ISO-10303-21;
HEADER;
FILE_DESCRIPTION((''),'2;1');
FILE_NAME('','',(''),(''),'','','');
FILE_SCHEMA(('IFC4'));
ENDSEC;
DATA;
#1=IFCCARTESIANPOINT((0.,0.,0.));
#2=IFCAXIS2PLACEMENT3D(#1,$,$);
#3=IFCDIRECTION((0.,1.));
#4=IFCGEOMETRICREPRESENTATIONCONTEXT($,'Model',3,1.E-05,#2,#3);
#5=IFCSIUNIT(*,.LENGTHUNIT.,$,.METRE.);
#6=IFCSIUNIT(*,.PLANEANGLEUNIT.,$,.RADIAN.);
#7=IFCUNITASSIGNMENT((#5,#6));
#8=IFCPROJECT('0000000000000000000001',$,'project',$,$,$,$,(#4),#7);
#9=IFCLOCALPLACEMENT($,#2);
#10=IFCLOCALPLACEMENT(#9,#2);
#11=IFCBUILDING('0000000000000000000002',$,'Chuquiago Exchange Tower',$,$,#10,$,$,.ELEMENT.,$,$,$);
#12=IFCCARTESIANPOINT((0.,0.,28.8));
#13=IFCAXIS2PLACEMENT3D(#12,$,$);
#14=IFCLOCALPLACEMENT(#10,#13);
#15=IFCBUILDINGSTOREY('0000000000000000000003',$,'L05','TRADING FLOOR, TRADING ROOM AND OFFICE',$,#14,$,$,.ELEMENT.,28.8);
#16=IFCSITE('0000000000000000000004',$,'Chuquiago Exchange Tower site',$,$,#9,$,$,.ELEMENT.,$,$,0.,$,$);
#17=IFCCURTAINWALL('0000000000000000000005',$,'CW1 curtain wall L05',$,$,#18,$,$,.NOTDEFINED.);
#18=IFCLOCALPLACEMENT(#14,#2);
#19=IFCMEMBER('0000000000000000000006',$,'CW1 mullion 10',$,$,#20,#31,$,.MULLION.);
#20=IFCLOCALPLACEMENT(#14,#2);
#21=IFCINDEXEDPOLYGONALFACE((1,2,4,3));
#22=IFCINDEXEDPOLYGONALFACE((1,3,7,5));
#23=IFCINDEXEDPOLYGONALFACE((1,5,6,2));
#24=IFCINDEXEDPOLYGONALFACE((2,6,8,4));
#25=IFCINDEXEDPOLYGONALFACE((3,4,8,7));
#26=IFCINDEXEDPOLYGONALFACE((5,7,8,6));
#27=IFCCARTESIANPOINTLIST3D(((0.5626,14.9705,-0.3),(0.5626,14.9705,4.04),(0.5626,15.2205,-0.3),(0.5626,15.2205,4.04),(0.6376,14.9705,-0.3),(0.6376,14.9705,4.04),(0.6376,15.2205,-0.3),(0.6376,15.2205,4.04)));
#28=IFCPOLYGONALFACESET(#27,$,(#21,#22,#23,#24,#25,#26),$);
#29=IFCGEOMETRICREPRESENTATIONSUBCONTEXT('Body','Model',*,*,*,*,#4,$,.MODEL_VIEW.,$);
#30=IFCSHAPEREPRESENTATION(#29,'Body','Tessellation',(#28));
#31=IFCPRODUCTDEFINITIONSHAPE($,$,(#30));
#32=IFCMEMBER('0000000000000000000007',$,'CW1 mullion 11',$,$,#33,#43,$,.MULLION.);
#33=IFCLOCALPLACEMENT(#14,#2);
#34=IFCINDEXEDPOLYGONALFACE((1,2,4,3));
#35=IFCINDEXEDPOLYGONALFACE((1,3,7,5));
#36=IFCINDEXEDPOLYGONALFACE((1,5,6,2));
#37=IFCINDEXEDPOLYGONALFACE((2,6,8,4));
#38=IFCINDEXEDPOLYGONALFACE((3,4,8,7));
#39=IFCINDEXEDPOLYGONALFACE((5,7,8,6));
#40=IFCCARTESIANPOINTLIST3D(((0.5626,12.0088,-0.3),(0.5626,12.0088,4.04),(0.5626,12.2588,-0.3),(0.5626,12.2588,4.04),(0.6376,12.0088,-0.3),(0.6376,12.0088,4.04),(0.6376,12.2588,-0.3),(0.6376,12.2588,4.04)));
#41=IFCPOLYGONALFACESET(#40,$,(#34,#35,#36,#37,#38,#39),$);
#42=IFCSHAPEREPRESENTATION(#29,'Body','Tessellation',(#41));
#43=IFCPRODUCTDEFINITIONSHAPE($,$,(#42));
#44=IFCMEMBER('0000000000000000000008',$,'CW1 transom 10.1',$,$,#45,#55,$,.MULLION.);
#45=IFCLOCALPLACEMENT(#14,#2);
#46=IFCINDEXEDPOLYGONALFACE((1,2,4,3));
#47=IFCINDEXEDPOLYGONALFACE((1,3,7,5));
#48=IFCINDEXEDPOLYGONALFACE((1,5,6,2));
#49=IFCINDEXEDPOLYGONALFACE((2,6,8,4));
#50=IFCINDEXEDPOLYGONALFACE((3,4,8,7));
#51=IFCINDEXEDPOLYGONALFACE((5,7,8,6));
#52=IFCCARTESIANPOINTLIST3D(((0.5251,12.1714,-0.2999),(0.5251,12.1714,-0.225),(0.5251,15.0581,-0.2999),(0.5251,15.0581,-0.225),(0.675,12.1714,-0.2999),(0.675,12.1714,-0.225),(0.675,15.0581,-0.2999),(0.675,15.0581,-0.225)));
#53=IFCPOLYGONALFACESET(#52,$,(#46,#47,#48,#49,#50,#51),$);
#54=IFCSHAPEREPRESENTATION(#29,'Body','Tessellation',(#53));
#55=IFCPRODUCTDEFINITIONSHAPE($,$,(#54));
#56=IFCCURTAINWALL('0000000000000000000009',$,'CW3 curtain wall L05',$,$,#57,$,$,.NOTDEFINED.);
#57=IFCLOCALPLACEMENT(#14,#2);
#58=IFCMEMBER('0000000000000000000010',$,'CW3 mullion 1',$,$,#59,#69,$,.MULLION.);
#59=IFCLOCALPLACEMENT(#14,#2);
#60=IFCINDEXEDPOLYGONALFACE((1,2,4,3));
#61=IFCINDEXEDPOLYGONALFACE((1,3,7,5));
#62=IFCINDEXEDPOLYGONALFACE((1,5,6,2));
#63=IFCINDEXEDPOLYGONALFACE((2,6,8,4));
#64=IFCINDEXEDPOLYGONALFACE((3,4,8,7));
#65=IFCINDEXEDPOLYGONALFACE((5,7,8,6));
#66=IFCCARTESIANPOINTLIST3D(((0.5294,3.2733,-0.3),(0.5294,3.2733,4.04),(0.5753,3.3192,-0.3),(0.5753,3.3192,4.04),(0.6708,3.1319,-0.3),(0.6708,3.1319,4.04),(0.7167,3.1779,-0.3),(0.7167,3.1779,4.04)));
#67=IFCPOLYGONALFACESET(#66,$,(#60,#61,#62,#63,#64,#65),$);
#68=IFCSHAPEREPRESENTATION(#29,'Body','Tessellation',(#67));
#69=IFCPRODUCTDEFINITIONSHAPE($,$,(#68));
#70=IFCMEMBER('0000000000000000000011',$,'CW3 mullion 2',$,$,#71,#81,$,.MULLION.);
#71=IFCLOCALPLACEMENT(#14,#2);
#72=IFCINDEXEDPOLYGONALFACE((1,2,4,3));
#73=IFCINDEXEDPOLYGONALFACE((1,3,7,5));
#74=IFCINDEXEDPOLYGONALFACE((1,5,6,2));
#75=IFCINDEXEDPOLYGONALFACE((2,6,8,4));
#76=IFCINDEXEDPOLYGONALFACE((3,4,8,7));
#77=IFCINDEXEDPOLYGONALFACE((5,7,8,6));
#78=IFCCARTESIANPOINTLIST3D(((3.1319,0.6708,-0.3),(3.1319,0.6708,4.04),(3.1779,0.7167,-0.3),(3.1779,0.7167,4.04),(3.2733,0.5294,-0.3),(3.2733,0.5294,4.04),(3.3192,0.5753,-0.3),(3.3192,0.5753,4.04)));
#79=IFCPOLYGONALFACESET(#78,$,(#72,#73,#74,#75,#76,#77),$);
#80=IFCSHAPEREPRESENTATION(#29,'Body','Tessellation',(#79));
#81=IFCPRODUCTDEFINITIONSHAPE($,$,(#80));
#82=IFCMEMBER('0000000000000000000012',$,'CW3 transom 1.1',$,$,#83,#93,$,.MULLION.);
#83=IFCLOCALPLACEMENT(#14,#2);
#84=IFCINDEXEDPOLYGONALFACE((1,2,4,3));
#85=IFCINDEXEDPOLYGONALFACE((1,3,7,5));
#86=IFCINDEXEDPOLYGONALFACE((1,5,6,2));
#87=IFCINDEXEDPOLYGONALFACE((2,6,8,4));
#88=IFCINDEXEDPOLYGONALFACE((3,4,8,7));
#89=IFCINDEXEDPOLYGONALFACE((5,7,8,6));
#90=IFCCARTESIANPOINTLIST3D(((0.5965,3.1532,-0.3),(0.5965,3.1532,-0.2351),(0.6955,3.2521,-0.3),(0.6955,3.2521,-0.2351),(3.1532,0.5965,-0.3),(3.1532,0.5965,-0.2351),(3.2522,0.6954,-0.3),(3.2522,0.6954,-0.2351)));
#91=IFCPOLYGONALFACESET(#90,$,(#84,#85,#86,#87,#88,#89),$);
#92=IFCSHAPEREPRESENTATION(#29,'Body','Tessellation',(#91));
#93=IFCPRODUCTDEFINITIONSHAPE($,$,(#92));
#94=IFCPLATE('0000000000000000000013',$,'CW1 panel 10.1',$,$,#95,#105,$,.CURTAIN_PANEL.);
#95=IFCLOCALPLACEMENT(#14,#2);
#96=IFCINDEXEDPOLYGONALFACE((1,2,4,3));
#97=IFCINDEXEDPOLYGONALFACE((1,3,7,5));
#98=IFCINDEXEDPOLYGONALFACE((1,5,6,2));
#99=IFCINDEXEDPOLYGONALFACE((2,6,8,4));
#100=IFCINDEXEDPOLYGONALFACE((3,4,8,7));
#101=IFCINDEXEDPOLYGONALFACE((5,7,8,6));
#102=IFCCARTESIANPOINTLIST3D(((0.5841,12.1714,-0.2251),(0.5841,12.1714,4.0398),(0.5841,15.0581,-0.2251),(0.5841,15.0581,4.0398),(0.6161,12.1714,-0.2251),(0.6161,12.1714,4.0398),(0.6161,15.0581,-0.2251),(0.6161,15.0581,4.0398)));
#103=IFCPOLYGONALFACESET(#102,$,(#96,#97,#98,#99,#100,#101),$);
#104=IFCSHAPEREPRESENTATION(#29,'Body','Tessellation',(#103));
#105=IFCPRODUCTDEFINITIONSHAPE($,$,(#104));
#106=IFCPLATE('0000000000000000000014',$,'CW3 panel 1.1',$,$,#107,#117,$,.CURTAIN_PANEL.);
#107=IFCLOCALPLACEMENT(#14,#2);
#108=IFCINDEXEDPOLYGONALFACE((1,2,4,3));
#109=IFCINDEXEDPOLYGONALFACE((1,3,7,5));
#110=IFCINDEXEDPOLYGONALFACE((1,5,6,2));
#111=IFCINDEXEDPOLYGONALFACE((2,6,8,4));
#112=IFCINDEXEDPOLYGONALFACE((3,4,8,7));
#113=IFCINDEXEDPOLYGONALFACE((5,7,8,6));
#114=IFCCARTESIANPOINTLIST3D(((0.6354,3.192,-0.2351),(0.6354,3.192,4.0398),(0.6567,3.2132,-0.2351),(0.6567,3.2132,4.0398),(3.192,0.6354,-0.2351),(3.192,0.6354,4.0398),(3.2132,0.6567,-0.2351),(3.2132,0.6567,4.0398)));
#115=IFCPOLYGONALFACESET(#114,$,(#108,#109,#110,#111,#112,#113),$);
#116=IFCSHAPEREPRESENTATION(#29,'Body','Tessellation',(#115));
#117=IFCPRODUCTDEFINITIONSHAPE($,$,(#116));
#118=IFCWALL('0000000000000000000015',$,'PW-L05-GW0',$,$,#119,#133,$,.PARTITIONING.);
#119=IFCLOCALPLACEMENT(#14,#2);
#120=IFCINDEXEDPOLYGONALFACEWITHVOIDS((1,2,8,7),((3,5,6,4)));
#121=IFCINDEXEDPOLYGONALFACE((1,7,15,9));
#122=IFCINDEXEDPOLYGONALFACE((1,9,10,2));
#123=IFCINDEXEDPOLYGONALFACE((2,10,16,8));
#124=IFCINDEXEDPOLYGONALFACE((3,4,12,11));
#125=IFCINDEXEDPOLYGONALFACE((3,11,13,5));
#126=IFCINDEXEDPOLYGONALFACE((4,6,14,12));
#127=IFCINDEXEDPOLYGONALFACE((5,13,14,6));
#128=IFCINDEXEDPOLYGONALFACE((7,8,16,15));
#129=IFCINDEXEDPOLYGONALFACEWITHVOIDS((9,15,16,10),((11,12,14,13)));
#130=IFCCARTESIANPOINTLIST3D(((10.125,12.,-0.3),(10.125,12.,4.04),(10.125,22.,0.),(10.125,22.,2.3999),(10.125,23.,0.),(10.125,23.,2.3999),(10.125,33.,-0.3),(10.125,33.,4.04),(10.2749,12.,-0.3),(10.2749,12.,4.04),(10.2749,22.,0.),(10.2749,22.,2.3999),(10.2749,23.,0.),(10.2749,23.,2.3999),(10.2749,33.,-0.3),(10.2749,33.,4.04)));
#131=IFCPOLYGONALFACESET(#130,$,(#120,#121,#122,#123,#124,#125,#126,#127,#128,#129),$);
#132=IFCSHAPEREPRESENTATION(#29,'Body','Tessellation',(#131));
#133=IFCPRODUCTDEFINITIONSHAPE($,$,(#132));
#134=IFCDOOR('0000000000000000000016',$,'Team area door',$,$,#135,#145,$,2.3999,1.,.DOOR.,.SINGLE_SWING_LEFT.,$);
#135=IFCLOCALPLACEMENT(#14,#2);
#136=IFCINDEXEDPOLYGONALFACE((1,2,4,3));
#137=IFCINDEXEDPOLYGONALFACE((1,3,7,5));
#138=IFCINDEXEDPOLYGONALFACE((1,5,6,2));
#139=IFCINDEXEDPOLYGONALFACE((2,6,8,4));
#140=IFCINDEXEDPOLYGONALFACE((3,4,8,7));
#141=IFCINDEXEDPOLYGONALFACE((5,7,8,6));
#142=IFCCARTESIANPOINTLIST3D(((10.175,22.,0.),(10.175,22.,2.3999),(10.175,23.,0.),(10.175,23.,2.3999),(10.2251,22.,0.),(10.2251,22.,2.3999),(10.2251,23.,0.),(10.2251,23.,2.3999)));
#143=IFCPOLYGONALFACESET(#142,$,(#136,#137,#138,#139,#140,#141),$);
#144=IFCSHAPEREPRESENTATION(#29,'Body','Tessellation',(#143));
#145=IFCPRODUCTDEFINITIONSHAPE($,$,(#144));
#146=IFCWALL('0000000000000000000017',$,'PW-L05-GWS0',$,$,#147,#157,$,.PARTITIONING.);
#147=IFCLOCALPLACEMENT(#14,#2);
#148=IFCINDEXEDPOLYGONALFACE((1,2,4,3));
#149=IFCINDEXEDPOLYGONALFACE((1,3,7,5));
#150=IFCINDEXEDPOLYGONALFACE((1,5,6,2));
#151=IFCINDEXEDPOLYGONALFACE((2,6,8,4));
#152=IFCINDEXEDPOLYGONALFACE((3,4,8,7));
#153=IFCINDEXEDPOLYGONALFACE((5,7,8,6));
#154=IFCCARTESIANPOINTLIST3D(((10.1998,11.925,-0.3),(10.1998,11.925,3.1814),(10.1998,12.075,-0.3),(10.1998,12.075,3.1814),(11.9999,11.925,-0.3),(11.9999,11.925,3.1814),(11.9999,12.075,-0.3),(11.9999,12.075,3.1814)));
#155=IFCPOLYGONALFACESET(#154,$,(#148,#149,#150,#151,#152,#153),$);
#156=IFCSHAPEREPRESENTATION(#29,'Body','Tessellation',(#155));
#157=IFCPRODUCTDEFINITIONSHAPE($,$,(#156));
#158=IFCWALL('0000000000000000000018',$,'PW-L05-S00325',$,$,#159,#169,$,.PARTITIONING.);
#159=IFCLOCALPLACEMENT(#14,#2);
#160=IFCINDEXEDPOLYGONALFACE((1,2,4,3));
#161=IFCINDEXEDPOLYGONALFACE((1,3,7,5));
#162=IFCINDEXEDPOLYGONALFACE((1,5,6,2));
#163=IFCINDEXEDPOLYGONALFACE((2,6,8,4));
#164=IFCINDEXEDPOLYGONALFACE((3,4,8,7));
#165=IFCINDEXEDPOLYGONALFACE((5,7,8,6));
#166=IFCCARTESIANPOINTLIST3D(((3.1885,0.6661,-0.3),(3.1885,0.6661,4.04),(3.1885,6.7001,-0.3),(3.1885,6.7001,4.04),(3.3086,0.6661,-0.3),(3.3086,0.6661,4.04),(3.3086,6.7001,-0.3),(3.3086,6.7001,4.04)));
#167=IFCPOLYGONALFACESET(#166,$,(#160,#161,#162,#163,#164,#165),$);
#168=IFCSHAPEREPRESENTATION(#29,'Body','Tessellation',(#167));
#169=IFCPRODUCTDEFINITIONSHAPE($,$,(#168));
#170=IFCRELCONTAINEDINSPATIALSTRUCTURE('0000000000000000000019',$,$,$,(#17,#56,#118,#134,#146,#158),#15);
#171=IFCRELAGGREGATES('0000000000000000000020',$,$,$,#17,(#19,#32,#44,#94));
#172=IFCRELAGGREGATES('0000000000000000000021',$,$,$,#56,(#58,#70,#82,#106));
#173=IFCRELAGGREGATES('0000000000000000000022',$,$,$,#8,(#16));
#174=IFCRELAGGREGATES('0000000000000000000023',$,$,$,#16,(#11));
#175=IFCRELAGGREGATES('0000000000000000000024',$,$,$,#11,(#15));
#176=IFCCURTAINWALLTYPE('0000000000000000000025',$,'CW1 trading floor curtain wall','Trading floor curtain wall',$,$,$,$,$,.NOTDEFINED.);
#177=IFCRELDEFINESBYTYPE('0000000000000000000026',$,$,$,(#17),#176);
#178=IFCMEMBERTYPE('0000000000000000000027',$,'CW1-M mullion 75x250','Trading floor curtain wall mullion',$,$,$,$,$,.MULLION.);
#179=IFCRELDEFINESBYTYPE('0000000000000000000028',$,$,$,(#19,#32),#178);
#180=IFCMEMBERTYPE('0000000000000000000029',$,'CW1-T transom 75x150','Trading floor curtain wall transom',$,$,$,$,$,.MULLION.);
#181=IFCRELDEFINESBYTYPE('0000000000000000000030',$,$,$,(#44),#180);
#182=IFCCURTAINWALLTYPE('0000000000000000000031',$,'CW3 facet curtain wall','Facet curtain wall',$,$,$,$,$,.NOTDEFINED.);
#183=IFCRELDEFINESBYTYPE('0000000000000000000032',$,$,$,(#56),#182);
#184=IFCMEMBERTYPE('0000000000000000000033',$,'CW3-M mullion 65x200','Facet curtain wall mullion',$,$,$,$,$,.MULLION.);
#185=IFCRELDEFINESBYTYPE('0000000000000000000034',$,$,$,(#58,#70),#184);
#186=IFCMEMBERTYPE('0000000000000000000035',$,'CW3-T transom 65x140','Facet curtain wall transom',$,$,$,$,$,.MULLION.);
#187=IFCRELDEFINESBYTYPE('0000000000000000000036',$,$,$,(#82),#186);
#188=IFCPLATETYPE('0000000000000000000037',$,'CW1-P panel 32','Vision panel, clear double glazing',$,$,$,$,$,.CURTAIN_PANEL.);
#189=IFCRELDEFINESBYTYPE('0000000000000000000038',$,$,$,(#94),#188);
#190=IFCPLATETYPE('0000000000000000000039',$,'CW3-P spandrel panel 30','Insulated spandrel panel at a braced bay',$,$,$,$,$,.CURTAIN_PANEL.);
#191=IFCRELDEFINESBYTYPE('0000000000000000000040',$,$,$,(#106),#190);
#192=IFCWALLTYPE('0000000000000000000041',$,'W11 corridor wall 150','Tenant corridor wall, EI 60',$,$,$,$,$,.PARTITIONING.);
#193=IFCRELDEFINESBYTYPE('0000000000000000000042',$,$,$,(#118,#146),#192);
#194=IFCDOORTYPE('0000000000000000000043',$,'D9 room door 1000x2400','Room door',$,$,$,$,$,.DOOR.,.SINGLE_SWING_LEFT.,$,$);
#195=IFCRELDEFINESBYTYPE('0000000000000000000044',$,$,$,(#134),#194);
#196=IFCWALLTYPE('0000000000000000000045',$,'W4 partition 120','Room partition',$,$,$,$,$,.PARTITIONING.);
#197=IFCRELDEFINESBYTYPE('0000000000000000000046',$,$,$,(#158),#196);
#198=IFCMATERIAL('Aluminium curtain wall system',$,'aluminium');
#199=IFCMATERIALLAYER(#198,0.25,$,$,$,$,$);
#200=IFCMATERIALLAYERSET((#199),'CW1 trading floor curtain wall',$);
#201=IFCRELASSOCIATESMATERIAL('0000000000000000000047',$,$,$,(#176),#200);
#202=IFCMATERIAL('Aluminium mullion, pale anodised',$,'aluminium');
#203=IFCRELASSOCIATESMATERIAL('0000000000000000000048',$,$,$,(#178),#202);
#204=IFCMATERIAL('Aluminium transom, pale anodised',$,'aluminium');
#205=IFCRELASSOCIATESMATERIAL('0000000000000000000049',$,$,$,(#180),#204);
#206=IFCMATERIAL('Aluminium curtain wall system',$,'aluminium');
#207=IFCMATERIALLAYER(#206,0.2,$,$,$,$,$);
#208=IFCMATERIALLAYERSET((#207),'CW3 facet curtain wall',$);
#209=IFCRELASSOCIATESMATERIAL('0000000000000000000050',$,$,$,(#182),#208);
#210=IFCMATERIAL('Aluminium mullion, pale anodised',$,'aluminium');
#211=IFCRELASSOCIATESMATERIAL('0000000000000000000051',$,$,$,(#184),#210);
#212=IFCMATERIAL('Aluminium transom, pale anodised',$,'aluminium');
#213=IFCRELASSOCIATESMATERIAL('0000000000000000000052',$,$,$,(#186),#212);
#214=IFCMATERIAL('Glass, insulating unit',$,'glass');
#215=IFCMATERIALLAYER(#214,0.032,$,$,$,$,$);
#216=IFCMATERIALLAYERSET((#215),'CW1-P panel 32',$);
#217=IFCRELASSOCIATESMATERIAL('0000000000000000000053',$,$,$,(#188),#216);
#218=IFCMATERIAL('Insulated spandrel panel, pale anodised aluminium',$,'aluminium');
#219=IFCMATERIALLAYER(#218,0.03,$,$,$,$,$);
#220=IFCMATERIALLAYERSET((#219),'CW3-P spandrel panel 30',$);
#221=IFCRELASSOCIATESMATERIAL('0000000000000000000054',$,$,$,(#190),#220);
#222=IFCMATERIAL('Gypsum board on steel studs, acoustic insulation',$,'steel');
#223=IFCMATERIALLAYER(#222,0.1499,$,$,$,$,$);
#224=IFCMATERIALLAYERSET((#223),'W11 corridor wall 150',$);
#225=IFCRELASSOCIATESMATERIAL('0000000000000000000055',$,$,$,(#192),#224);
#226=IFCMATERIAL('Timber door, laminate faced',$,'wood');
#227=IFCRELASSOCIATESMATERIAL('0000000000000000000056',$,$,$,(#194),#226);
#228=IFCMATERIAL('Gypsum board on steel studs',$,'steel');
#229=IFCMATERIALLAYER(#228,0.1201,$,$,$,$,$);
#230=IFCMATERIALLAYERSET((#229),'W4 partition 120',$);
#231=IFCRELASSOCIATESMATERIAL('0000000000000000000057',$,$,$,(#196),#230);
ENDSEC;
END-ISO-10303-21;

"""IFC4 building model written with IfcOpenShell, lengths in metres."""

from ifc_helpers import new_model, si_unit, direction, frame, frame_2d, origin, origin_2d, place, context, subcontext, project, spatial, rectangle, extrude, material, layer, layer_set, material_profile, profile_set, type_object, element, fill, aggregate, save


model = new_model("IFC4")

# Units and contexts
model_context = context("Model", 3, precision=1e-05, world=origin(), true_north=direction((0.0, 1.0)))
body_context = subcontext(model_context, "Body", "Model", "MODEL_VIEW")
ifc_project = project(units=[si_unit("LENGTHUNIT", "METRE"), si_unit("PLANEANGLEUNIT", "RADIAN")], contexts=[model_context])

# Site, building, storey
site_placement = place(None, origin())
site = spatial("IfcSite", under=ifc_project, at=site_placement, Name="Chuquiago Exchange Tower site", CompositionType="ELEMENT", RefElevation=0.0)
building_placement = place(site_placement, origin())
building = spatial("IfcBuilding", under=site, at=building_placement, Name="Chuquiago Exchange Tower", CompositionType="ELEMENT")
storey_placement = place(building_placement, frame((0.0, 0.0, 28.8)))
storey = spatial("IfcBuildingStorey", under=building, at=storey_placement, Name="L05", Description="TRADING FLOOR, TRADING ROOM AND OFFICE", CompositionType="ELEMENT", Elevation=28.8)

# Curtain walls, members
ifc_material_1 = material(Name="Aluminium curtain wall system", Category="aluminium")
ifc_layer_1 = layer(ifc_material_1, 0.25)
ifc_layer_set_1 = layer_set([ifc_layer_1], Name="CW1 trading floor curtain wall")
curtain_wall_type_1 = type_object("IfcCurtainWallType", Name="CW1 trading floor curtain wall", Description="Trading floor curtain wall", PredefinedType="NOTDEFINED", material=ifc_layer_set_1)
curtain_wall_1_placement = place(storey_placement, origin())
curtain_wall_1 = element("IfcCurtainWall", 1, at=curtain_wall_1_placement, inside=storey, type_object=curtain_wall_type_1, Name="CW1 curtain wall L05", PredefinedType="NOTDEFINED")
ifc_material_2 = material(Name="Aluminium mullion, pale anodised", Category="aluminium")
ifc_material_profile_1 = material_profile(ifc_material_2, rectangle(XDim=0.075, YDim=0.25, at=origin_2d()), Name="AL 75x250")
ifc_profile_set_1 = profile_set([ifc_material_profile_1], Name="Aluminium mullion, pale anodised")
member_type_1 = type_object("IfcMemberType", Name="CW1-M mullion 75x250", Description="Trading floor curtain wall mullion", PredefinedType="MULLION", material=ifc_profile_set_1)
member_1_placement = place(storey_placement, frame((0.6001, 15.0955, -0.3), z_axis=(0.0, 0.0, 1.0), x_axis=(1.0, 0.0, 0.0)))
member_1 = element("IfcMember", 2, at=member_1_placement, type_object=member_type_1, Name="CW1 mullion 10", PredefinedType="MULLION", context=body_context, shape_type="SweptSolid", body=[
    extrude(rectangle(XDim=0.075, YDim=0.25, at=origin_2d()), origin(), (0.0, 0.0, 1.0), 4.3401),
])
member_2_placement = place(storey_placement, frame((0.6001, 12.1338, -0.3), z_axis=(0.0, 0.0, 1.0), x_axis=(1.0, 0.0, 0.0)))
member_2 = element("IfcMember", 3, at=member_2_placement, type_object=member_type_1, Name="CW1 mullion 11", PredefinedType="MULLION", context=body_context, shape_type="SweptSolid", body=[
    extrude(rectangle(XDim=0.075, YDim=0.25, at=origin_2d()), origin(), (0.0, 0.0, 1.0), 4.3401),
])
ifc_material_3 = material(Name="Aluminium transom, pale anodised", Category="aluminium")
ifc_material_profile_2 = material_profile(ifc_material_3, rectangle(XDim=0.1499, YDim=0.075, at=origin_2d()), Name="AL 150x75")
ifc_profile_set_2 = profile_set([ifc_material_profile_2], Name="Aluminium transom, pale anodised")
member_type_2 = type_object("IfcMemberType", Name="CW1-T transom 75x150", Description="Trading floor curtain wall transom", PredefinedType="MULLION", material=ifc_profile_set_2)
member_3_placement = place(storey_placement, frame((0.6001, 15.0581, -0.2625), z_axis=(0.0, -1.0, 0.0), x_axis=(1.0, 0.0, 0.0)))
member_3 = element("IfcMember", 4, at=member_3_placement, type_object=member_type_2, Name="CW1 transom 10.1", PredefinedType="MULLION", context=body_context, shape_type="SweptSolid", body=[
    extrude(rectangle(XDim=0.1499, YDim=0.075, at=origin_2d()), origin(), (0.0, 0.0, 1.0), 2.8867),
])
ifc_material_4 = material(Name="Aluminium curtain wall system", Category="aluminium")
ifc_layer_2 = layer(ifc_material_4, 0.2)
ifc_layer_set_2 = layer_set([ifc_layer_2], Name="CW3 facet curtain wall")
curtain_wall_type_2 = type_object("IfcCurtainWallType", Name="CW3 facet curtain wall", Description="Facet curtain wall", PredefinedType="NOTDEFINED", material=ifc_layer_set_2)
curtain_wall_2_placement = place(storey_placement, origin())
curtain_wall_2 = element("IfcCurtainWall", 5, at=curtain_wall_2_placement, inside=storey, type_object=curtain_wall_type_2, Name="CW3 curtain wall L05", PredefinedType="NOTDEFINED")
ifc_material_5 = material(Name="Aluminium mullion, pale anodised", Category="aluminium")
ifc_material_profile_3 = material_profile(ifc_material_5, rectangle(XDim=0.0649, YDim=0.2, at=origin_2d()), Name="AL 65x200")
ifc_profile_set_3 = profile_set([ifc_material_profile_3], Name="Aluminium mullion, pale anodised")
member_type_3 = type_object("IfcMemberType", Name="CW3-M mullion 65x200", Description="Facet curtain wall mullion", PredefinedType="MULLION", material=ifc_profile_set_3)
member_4_placement = place(storey_placement, frame((0.623, 3.2256, -0.3), z_axis=(0.0, 0.0, 1.0), x_axis=(0.707107, 0.707107, 0.0)))
member_4 = element("IfcMember", 6, at=member_4_placement, type_object=member_type_3, Name="CW3 mullion 1", PredefinedType="MULLION", context=body_context, shape_type="SweptSolid", body=[
    extrude(rectangle(XDim=0.0649, YDim=0.2, at=origin_2d()), origin(), (0.0, 0.0, 1.0), 4.3401),
])
member_5_placement = place(storey_placement, frame((3.2256, 0.623, -0.3), z_axis=(0.0, 0.0, 1.0), x_axis=(0.707107, 0.707107, 0.0)))
member_5 = element("IfcMember", 7, at=member_5_placement, type_object=member_type_3, Name="CW3 mullion 2", PredefinedType="MULLION", context=body_context, shape_type="SweptSolid", body=[
    extrude(rectangle(XDim=0.0649, YDim=0.2, at=origin_2d()), origin(), (0.0, 0.0, 1.0), 4.3401),
])
ifc_material_6 = material(Name="Aluminium transom, pale anodised", Category="aluminium")
ifc_material_profile_4 = material_profile(ifc_material_6, rectangle(XDim=0.1399, YDim=0.0649, at=origin_2d()), Name="AL 140x65")
ifc_profile_set_4 = profile_set([ifc_material_profile_4], Name="Aluminium transom, pale anodised")
member_type_4 = type_object("IfcMemberType", Name="CW3-T transom 65x140", Description="Facet curtain wall transom", PredefinedType="MULLION", material=ifc_profile_set_4)
member_6_placement = place(storey_placement, frame((0.646, 3.2026, -0.2676), z_axis=(0.707107, -0.707107, 0.0), x_axis=(0.707107, 0.707107, 0.0)))
member_6 = element("IfcMember", 8, at=member_6_placement, type_object=member_type_4, Name="CW3 transom 1.1", PredefinedType="MULLION", context=body_context, shape_type="SweptSolid", body=[
    extrude(rectangle(XDim=0.1399, YDim=0.0649, at=origin_2d()), origin(), (0.0, 0.0, 1.0), 3.6157),
])

# Plates
ifc_material_7 = material(Name="Glass, insulating unit", Category="glass")
ifc_layer_3 = layer(ifc_material_7, 0.032)
ifc_layer_set_3 = layer_set([ifc_layer_3], Name="CW1-P panel 32")
plate_type_1 = type_object("IfcPlateType", Name="CW1-P panel 32", Description="Vision panel, clear double glazing", PredefinedType="CURTAIN_PANEL", material=ifc_layer_set_3)
plate_1_placement = place(storey_placement, frame((0.6001, 13.6147, -0.2251), z_axis=(0.0, 0.0, 1.0), x_axis=(0.0, -1.0, 0.0)))
plate_1 = element("IfcPlate", 9, at=plate_1_placement, type_object=plate_type_1, Name="CW1 panel 10.1", PredefinedType="CURTAIN_PANEL", context=body_context, shape_type="SweptSolid", body=[
    extrude(rectangle(XDim=2.8867, YDim=0.032, at=origin_2d()), origin(), (0.0, 0.0, 1.0), 4.2649),
])
aggregate(curtain_wall_1, [member_1, member_2, member_3, plate_1])
ifc_material_8 = material(Name="Insulated spandrel panel, pale anodised aluminium", Category="aluminium")
ifc_layer_4 = layer(ifc_material_8, 0.03)
ifc_layer_set_4 = layer_set([ifc_layer_4], Name="CW3-P spandrel panel 30")
plate_type_2 = type_object("IfcPlateType", Name="CW3-P spandrel panel 30", Description="Insulated spandrel panel at a braced bay", PredefinedType="CURTAIN_PANEL", material=ifc_layer_set_4)
plate_2_placement = place(storey_placement, frame((1.9243, 1.9243, -0.2351), z_axis=(0.0, 0.0, 1.0), x_axis=(0.707107, -0.707107, 0.0)))
plate_2 = element("IfcPlate", 10, at=plate_2_placement, type_object=plate_type_2, Name="CW3 panel 1.1", PredefinedType="CURTAIN_PANEL", context=body_context, shape_type="SweptSolid", body=[
    extrude(rectangle(XDim=3.6155, YDim=0.03, at=origin_2d()), origin(), (0.0, 0.0, 1.0), 4.2749),
])
aggregate(curtain_wall_2, [member_4, member_5, member_6, plate_2])

# Wall, opening, door
ifc_material_9 = material(Name="Gypsum board on steel studs, acoustic insulation", Category="steel")
ifc_layer_5 = layer(ifc_material_9, 0.1499)
ifc_layer_set_5 = layer_set([ifc_layer_5], Name="W11 corridor wall 150")
wall_type_1 = type_object("IfcWallType", Name="W11 corridor wall 150", Description="Tenant corridor wall, EI 60", PredefinedType="PARTITIONING", material=ifc_layer_set_5)
wall_1_placement = place(storey_placement, frame((10.2, 12.0, -0.3), z_axis=(0.0, 0.0, 1.0), x_axis=(0.0, 1.0, 0.0)))
wall_1 = element("IfcWall", 11, at=wall_1_placement, inside=storey, type_object=wall_type_1, Name="PW-L05-GW0", PredefinedType="PARTITIONING", context=body_context, shape_type="SweptSolid", body=[
    extrude(rectangle(XDim=21.0, YDim=0.1499, at=frame_2d((10.5, 0.0))), origin(), (0.0, 0.0, 1.0), 4.3401),
])
opening_1_placement = place(wall_1_placement, frame((10.0, 0.0, 0.3)))
opening_1 = element("IfcOpeningElement", 12, at=opening_1_placement, cuts=wall_1, PredefinedType="OPENING", context=body_context, shape_type="SweptSolid", body=[
    extrude(rectangle(XDim=1.0, YDim=2.3999, at=frame_2d((0.5, 1.2))), frame((0.0, 0.085, 0.0), z_axis=(0.0, -1.0, 0.0), x_axis=(1.0, 0.0, 0.0)), (0.0, 0.0, 1.0), 0.1699),
])
ifc_material_10 = material(Name="Timber door, laminate faced", Category="wood")
door_type = type_object("IfcDoorType", Name="D9 room door 1000x2400", Description="Room door", OperationType="SINGLE_SWING_LEFT", PredefinedType="DOOR", material=ifc_material_10)
door_1_placement = place(opening_1_placement, origin())
door_1 = element("IfcDoor", 13, at=door_1_placement, inside=storey, type_object=door_type, Name="Team area door", OperationType="SINGLE_SWING_LEFT", OverallHeight=2.3999, OverallWidth=1.0, PredefinedType="DOOR", context=body_context, shape_type="SweptSolid", body=[
    extrude(rectangle(XDim=1.0, YDim=2.3999, at=frame_2d((0.5, 1.2))), frame((0.0, 0.0249, 0.0), z_axis=(0.0, -1.0, 0.0), x_axis=(1.0, 0.0, 0.0)), (0.0, 0.0, 1.0), 0.05),
])
fill(opening_1, door_1)

# Walls
wall_2_placement = place(storey_placement, frame((10.2, 12.0, -0.3), z_axis=(0.0, 0.0, 1.0), x_axis=(1.0, 0.0, 0.0)))
element("IfcWall", 14, at=wall_2_placement, inside=storey, type_object=wall_type_1, Name="PW-L05-GWS0", PredefinedType="PARTITIONING", context=body_context, shape_type="SweptSolid", body=[
    extrude(rectangle(XDim=1.8, YDim=0.1499, at=frame_2d((0.8999, 0.0))), origin(), (0.0, 0.0, 1.0), 3.4814),
])
ifc_material_11 = material(Name="Gypsum board on steel studs", Category="steel")
ifc_layer_6 = layer(ifc_material_11, 0.1201)
ifc_layer_set_6 = layer_set([ifc_layer_6], Name="W4 partition 120")
wall_type_2 = type_object("IfcWallType", Name="W4 partition 120", Description="Room partition", PredefinedType="PARTITIONING", material=ifc_layer_set_6)
wall_3_placement = place(storey_placement, frame((3.2485, 0.666, -0.3), z_axis=(0.0, 0.0, 1.0), x_axis=(0.0, 1.0, 0.0)))
element("IfcWall", 15, at=wall_3_placement, inside=storey, type_object=wall_type_2, Name="PW-L05-S00325", PredefinedType="PARTITIONING", context=body_context, shape_type="SweptSolid", body=[
    extrude(rectangle(XDim=6.0339, YDim=0.1201, at=frame_2d((3.0171, 0.0))), origin(), (0.0, 0.0, 1.0), 4.3401),
])

save(model, "model.ifc")
